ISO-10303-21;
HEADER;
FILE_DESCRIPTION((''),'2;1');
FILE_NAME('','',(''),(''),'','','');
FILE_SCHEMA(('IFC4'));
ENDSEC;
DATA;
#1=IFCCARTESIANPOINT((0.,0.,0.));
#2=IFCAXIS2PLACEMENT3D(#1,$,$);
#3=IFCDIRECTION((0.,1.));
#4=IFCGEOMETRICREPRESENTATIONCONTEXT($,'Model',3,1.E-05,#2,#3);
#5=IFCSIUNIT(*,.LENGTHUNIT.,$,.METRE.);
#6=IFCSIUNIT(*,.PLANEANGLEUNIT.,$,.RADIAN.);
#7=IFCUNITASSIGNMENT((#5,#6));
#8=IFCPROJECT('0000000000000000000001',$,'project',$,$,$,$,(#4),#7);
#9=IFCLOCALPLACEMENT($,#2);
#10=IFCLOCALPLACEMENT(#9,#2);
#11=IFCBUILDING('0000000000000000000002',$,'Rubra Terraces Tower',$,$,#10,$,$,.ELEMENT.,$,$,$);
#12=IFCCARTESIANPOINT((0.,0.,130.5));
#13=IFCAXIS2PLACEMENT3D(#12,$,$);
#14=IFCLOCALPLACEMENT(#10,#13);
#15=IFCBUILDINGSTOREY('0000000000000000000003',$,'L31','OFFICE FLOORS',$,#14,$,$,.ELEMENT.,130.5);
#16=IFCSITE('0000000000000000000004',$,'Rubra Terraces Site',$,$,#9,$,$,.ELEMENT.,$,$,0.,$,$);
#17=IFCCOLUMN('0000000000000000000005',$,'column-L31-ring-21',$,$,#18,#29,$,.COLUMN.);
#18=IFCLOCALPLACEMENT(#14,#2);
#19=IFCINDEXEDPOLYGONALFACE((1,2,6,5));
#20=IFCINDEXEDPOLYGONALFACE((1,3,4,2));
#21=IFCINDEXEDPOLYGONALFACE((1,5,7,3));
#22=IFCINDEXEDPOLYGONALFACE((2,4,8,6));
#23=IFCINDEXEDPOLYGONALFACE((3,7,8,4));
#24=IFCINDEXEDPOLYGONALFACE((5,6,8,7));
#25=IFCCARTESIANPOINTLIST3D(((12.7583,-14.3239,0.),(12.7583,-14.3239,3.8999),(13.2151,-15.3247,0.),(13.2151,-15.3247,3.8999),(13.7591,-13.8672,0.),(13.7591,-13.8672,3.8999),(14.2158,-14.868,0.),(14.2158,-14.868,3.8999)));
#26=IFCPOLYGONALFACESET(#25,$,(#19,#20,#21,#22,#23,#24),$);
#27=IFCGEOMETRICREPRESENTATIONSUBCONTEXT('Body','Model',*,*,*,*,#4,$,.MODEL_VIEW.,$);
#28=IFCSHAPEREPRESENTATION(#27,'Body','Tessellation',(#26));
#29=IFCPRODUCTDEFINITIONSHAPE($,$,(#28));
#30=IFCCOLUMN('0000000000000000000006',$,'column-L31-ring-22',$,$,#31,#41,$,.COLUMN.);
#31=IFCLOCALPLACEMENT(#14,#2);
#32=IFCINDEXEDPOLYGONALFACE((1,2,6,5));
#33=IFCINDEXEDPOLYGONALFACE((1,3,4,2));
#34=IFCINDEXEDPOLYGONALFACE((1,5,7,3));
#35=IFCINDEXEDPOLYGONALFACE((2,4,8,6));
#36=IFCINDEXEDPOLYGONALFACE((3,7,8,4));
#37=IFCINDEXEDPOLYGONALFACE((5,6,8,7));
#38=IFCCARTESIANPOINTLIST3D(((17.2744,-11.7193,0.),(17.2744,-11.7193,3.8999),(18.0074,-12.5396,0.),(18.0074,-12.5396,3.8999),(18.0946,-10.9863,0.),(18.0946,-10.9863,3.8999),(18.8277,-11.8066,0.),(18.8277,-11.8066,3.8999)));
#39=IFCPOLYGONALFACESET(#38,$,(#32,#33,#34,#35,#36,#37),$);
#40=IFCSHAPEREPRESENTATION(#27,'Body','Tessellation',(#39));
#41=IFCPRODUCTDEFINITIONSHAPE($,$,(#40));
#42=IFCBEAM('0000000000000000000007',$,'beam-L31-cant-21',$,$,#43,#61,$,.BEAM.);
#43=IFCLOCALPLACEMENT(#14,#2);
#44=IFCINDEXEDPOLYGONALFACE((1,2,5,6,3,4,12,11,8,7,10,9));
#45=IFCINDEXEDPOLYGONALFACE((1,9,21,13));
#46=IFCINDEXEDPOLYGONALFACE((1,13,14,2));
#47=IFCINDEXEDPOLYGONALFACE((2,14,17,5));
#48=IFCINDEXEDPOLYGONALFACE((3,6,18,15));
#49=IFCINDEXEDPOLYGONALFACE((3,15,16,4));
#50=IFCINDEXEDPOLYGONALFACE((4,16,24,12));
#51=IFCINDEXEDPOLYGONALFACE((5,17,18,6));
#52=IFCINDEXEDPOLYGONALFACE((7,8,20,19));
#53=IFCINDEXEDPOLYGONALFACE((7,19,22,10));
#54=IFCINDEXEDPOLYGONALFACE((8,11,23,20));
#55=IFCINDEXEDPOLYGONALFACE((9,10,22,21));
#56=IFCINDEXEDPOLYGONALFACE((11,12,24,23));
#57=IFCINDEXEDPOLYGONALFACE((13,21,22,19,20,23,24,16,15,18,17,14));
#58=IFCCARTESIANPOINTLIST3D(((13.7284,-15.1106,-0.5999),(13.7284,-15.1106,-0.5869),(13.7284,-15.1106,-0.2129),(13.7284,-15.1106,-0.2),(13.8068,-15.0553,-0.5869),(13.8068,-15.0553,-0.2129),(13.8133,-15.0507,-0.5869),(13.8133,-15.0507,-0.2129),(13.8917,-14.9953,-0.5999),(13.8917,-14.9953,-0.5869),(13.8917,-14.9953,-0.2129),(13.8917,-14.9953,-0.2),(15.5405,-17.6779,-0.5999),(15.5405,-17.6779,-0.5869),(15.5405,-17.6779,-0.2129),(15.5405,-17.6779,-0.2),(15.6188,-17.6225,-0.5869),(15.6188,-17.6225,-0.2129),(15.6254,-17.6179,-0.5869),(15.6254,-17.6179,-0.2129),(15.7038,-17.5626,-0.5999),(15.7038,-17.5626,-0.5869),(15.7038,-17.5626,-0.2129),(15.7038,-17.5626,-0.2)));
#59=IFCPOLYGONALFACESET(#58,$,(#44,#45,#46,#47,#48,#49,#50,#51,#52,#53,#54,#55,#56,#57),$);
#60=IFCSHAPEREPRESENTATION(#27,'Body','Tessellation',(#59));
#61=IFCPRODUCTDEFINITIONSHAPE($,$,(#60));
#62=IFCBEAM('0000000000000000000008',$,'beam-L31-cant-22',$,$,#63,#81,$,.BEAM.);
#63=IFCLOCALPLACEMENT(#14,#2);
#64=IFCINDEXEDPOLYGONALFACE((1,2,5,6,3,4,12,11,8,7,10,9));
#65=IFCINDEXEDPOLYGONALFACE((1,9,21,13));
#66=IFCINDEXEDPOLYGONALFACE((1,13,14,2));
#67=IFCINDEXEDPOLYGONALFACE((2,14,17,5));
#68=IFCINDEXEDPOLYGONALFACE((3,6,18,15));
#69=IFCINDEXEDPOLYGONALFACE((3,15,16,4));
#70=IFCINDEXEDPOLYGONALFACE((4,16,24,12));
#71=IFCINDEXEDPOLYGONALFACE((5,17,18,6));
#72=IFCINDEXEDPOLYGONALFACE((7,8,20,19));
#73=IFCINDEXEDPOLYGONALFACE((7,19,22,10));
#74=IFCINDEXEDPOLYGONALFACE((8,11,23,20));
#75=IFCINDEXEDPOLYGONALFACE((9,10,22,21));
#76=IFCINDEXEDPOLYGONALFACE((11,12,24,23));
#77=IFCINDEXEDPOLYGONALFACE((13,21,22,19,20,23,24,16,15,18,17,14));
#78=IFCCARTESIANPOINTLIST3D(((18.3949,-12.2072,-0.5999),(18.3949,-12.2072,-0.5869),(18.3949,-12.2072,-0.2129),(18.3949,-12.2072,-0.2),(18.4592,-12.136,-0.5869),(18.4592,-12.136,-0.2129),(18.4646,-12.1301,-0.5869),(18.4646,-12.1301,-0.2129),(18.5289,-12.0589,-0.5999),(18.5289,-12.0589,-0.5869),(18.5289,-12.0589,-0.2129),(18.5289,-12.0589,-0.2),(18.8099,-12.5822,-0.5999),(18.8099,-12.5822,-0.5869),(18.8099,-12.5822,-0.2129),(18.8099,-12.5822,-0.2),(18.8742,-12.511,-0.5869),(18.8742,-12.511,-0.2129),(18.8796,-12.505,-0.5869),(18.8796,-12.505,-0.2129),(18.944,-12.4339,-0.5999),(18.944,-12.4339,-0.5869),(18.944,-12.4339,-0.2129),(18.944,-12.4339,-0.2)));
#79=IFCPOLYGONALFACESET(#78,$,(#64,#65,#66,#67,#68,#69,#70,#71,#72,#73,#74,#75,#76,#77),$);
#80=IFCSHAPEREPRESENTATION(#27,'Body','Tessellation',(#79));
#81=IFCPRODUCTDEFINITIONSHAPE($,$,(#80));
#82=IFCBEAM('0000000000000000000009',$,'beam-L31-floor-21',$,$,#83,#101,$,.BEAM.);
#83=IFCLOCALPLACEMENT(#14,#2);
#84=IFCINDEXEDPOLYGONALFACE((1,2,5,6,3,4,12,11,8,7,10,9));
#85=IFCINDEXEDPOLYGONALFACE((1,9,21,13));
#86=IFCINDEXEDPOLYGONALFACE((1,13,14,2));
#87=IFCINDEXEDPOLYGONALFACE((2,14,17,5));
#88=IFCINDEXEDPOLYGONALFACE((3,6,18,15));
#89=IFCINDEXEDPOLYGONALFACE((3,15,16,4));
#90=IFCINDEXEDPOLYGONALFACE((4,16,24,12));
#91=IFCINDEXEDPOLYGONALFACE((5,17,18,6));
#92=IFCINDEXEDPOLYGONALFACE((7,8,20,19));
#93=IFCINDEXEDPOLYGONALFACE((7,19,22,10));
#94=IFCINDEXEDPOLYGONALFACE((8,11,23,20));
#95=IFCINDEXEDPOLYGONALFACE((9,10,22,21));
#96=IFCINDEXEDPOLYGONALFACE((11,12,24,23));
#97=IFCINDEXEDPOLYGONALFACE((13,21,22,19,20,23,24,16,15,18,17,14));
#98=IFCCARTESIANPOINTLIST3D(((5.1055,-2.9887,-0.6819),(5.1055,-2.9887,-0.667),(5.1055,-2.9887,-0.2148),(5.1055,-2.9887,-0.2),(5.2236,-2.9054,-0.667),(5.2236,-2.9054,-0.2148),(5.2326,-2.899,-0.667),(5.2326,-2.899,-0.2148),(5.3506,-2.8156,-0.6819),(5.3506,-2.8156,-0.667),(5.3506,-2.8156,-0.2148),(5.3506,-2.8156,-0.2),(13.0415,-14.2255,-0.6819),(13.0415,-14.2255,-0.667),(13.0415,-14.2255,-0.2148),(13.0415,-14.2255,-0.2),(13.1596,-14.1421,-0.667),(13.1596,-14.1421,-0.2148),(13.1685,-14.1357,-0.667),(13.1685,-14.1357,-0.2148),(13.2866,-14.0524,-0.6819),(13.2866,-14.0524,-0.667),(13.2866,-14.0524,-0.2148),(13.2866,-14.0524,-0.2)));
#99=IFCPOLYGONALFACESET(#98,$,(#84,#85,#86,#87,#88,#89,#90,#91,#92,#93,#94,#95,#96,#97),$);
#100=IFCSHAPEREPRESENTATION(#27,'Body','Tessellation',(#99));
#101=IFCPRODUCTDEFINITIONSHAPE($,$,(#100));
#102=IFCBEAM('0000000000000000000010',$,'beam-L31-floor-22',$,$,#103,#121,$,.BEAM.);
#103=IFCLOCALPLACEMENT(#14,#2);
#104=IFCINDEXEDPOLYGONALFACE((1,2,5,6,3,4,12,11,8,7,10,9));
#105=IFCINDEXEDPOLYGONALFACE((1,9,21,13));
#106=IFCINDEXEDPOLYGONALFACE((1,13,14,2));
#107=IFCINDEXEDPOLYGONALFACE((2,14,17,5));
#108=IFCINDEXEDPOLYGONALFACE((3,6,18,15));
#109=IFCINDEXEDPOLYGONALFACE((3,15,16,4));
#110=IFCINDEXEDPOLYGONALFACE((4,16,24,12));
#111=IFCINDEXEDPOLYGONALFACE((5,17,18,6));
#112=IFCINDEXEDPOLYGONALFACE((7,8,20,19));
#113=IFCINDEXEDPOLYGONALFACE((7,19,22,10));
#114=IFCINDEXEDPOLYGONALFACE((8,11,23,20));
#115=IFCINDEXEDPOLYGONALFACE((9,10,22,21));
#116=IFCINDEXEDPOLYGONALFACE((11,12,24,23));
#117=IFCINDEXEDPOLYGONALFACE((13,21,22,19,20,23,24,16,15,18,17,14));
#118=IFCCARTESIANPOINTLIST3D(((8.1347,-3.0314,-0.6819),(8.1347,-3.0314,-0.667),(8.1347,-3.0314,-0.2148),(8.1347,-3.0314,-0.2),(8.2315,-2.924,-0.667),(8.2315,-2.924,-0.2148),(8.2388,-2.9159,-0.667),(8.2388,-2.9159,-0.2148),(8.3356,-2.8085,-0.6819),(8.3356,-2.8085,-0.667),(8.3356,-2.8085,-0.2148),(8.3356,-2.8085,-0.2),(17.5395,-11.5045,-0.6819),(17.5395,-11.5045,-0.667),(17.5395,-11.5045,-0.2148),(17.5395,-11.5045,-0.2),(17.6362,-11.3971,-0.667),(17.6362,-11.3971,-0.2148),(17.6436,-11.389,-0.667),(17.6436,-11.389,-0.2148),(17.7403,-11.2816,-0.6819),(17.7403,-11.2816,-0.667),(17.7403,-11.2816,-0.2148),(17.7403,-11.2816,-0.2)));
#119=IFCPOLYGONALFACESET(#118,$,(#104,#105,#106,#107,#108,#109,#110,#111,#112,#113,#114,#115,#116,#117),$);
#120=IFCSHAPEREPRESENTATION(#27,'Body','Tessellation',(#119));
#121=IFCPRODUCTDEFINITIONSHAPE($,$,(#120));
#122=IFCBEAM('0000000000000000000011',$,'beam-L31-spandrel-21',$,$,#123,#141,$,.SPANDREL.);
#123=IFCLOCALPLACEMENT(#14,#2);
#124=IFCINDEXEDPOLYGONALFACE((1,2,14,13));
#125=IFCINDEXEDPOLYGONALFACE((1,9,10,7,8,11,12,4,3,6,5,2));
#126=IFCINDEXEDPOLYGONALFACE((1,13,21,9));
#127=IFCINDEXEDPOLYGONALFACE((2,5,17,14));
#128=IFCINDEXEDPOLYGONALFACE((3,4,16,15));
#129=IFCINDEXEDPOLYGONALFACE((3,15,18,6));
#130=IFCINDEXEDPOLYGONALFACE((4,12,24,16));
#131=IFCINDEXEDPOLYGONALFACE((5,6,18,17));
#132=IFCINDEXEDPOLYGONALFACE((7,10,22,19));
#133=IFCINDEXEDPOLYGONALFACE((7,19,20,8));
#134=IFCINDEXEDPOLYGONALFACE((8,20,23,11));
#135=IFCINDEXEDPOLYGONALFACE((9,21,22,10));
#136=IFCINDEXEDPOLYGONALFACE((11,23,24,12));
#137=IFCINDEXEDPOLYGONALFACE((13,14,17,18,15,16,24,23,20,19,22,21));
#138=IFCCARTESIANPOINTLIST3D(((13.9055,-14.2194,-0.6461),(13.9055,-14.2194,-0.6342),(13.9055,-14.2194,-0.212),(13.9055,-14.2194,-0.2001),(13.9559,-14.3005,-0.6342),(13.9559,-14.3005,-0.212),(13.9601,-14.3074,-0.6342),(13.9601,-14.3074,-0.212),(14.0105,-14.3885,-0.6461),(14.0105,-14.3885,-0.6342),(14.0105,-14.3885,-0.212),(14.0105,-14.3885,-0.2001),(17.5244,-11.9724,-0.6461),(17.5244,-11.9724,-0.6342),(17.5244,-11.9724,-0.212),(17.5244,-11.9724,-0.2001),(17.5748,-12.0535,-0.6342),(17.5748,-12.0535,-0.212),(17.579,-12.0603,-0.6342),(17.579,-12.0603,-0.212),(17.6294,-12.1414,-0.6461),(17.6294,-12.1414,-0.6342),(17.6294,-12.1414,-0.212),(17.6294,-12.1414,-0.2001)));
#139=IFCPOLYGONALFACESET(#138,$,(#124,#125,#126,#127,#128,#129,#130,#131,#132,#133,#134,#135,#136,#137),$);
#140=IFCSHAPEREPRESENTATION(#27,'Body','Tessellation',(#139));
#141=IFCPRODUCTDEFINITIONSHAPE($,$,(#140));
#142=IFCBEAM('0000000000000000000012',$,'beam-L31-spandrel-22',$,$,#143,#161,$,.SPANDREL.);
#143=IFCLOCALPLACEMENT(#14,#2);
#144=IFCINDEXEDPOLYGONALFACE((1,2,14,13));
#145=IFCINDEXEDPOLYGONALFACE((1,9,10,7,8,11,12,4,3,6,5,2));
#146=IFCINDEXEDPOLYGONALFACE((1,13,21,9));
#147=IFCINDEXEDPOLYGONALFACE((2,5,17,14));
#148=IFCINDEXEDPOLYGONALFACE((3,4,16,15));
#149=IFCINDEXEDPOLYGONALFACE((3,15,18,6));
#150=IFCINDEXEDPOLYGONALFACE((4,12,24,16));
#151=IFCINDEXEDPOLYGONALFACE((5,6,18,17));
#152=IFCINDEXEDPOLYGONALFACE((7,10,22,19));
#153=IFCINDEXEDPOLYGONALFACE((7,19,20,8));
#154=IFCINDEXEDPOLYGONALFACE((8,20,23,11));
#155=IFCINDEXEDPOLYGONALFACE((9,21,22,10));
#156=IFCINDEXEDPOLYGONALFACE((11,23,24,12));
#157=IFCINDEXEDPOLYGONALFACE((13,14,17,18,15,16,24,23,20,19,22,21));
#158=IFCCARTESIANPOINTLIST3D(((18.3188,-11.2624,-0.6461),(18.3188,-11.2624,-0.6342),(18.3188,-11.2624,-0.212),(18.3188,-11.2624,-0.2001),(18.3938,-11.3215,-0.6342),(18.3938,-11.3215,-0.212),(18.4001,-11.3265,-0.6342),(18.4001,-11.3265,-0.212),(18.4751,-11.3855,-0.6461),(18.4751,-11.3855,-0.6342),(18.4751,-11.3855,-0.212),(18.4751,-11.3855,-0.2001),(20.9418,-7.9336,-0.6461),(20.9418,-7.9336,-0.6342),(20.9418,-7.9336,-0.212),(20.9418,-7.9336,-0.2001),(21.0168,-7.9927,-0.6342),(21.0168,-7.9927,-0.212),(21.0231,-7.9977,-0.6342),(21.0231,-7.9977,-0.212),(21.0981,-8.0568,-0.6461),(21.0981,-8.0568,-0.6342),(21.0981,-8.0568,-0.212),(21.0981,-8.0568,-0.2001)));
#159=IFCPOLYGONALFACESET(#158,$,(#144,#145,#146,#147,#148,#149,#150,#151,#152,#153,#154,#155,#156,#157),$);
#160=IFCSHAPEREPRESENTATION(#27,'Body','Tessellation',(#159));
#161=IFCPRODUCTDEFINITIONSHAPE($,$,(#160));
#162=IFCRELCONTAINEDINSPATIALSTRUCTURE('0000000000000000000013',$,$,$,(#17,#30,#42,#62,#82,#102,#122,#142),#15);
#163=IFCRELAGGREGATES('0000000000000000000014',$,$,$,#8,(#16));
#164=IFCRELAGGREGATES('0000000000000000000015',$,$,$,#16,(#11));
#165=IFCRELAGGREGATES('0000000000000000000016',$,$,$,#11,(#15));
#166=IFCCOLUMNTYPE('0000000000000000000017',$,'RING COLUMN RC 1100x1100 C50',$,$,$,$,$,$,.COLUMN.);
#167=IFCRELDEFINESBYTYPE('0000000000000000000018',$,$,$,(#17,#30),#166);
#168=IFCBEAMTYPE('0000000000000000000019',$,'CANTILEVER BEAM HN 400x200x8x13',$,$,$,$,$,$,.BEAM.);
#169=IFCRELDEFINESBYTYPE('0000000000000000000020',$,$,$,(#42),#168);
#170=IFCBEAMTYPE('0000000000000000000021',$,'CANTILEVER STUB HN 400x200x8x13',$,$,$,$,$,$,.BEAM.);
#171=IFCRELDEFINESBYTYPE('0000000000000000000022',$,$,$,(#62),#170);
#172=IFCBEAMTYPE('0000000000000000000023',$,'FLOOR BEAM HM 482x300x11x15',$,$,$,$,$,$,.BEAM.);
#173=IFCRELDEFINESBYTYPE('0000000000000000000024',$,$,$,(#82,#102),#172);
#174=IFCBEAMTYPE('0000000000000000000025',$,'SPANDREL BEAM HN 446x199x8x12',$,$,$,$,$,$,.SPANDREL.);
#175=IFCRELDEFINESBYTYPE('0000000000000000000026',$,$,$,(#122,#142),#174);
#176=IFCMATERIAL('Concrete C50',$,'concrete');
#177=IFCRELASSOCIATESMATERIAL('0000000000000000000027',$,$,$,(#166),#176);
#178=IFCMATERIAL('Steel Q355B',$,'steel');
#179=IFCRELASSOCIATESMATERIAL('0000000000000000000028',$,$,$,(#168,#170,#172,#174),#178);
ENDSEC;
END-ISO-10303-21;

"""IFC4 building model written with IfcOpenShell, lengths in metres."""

from ifc_helpers import new_model, si_unit, direction, frame, origin, origin_2d, place, context, subcontext, project, spatial, rectangle, i_section, extrude, material, material_profile, profile_set, type_object, element, save


model = new_model("IFC4")

# Units and contexts
model_context = context("Model", 3, precision=1e-05, world=origin(), true_north=direction((0.0, 1.0)))
body_context = subcontext(model_context, "Body", "Model", "MODEL_VIEW")
ifc_project = project(units=[si_unit("LENGTHUNIT", "METRE"), si_unit("PLANEANGLEUNIT", "RADIAN")], contexts=[model_context])

# Site, building, storey
site_placement = place(None, origin())
site = spatial("IfcSite", under=ifc_project, at=site_placement, Name="Rubra Terraces Site", CompositionType="ELEMENT", RefElevation=0.0)
building_placement = place(site_placement, origin())
building = spatial("IfcBuilding", under=site, at=building_placement, Name="Rubra Terraces Tower", CompositionType="ELEMENT")
storey_placement = place(building_placement, frame((0.0, 0.0, 130.5)))
storey = spatial("IfcBuildingStorey", under=building, at=storey_placement, Name="L31", Description="OFFICE FLOORS", CompositionType="ELEMENT", Elevation=130.5)

# Columns
ifc_material_1 = material(Name="Concrete C50", Category="concrete")
ifc_material_profile_1 = material_profile(ifc_material_1, rectangle(XDim=1.1001, YDim=1.1001, at=origin_2d()), Name="RC 1100x1100")
ifc_profile_set_1 = profile_set([ifc_material_profile_1], Name="Concrete C50")
column_type = type_object("IfcColumnType", Name="RING COLUMN RC 1100x1100 C50", PredefinedType="COLUMN", material=ifc_profile_set_1)
for number, where, z_axis, x_axis, name in (
    (1, (13.4871, -14.5959, 0.0), (0.0, 0.0, 1.0), (0.909726, 0.415208, 0.0), "column-L31-ring-21"),
    (2, (18.051, -11.7629, 0.0), (0.0, 0.0, 1.0), (0.745642, 0.666347, 0.0), "column-L31-ring-22"),
):
    element("IfcColumn", number, at=place(storey_placement, frame(where, z_axis=z_axis, x_axis=x_axis)), inside=storey, type_object=column_type, Name=name, PredefinedType="COLUMN", context=body_context, shape_type="SweptSolid", body=[
        extrude(rectangle(XDim=1.1001, YDim=1.1001, at=origin_2d()), origin(), (0.0, 0.0, 1.0), 3.8999),
    ])

# Beams
ifc_material_2 = material(Name="Steel Q355B", Category="steel")
ifc_material_profile_2 = material_profile(ifc_material_2, i_section(OverallWidth=0.2, OverallDepth=0.3999, WebThickness=0.0081, FlangeThickness=0.0129, at=origin_2d()), Name="HN 400x200x8x13")
ifc_profile_set_2 = profile_set([ifc_material_profile_2], Name="Steel Q355B")
beam_type_1 = type_object("IfcBeamType", Name="CANTILEVER BEAM HN 400x200x8x13", PredefinedType="BEAM", material=ifc_profile_set_2)
beam_1_placement = place(storey_placement, frame((13.8101, -15.053, -0.3999), z_axis=(0.576665, -0.816981, 0.0), x_axis=(0.816981, 0.576665, 0.0)))
element("IfcBeam", 3, at=beam_1_placement, inside=storey, type_object=beam_type_1, Name="beam-L31-cant-21", PredefinedType="BEAM", context=body_context, shape_type="SweptSolid", body=[
    extrude(i_section(OverallWidth=0.2, OverallDepth=0.3999, WebThickness=0.0081, FlangeThickness=0.0129, at=origin_2d()), origin(), (0.0, 0.0, 1.0), 3.1423),
])
ifc_material_profile_3 = material_profile(ifc_material_2, i_section(OverallWidth=0.2, OverallDepth=0.3999, WebThickness=0.0081, FlangeThickness=0.0129, at=origin_2d()), Name="HN 400x200x8x13")
ifc_profile_set_3 = profile_set([ifc_material_profile_3], Name="Steel Q355B")
beam_type_2 = type_object("IfcBeamType", Name="CANTILEVER STUB HN 400x200x8x13", PredefinedType="BEAM", material=ifc_profile_set_3)
beam_2_placement = place(storey_placement, frame((18.4619, -12.1331, -0.3999), z_axis=(0.741991, -0.67041, 0.0), x_axis=(0.67041, 0.741991, 0.0)))
element("IfcBeam", 4, at=beam_2_placement, inside=storey, type_object=beam_type_2, Name="beam-L31-cant-22", PredefinedType="BEAM", context=body_context, shape_type="SweptSolid", body=[
    extrude(i_section(OverallWidth=0.2, OverallDepth=0.3999, WebThickness=0.0081, FlangeThickness=0.0129, at=origin_2d()), origin(), (0.0, 0.0, 1.0), 0.5593),
])
ifc_material_profile_4 = material_profile(ifc_material_2, i_section(OverallWidth=0.3, OverallDepth=0.4819, WebThickness=0.011, FlangeThickness=0.0149, at=origin_2d()), Name="HM 482x300x11x15")
ifc_profile_set_4 = profile_set([ifc_material_profile_4], Name="Steel Q355B")
beam_type_3 = type_object("IfcBeamType", Name="FLOOR BEAM HM 482x300x11x15", PredefinedType="BEAM", material=ifc_profile_set_4)
beam_3_placement = place(storey_placement, frame((13.1641, -14.1389, -0.4409), z_axis=(-0.576885, 0.816825, 0.0), x_axis=(-0.816825, -0.576885, 0.0)))
element("IfcBeam", 5, at=beam_3_placement, inside=storey, type_object=beam_type_3, Name="beam-L31-floor-21", PredefinedType="BEAM", context=body_context, shape_type="SweptSolid", body=[
    extrude(i_section(OverallWidth=0.3, OverallDepth=0.4819, WebThickness=0.011, FlangeThickness=0.0149, at=origin_2d()), origin(), (0.0, 0.0, 1.0), 13.7566),
])
beam_4_placement = place(storey_placement, frame((17.6399, -11.3931, -0.4409), z_axis=(-0.742947, 0.66935, 0.0), x_axis=(-0.66935, -0.742947, 0.0)))
element("IfcBeam", 6, at=beam_4_placement, inside=storey, type_object=beam_type_3, Name="beam-L31-floor-22", PredefinedType="BEAM", context=body_context, shape_type="SweptSolid", body=[
    extrude(i_section(OverallWidth=0.3, OverallDepth=0.4819, WebThickness=0.011, FlangeThickness=0.0149, at=origin_2d()), origin(), (0.0, 0.0, 1.0), 12.6587),
])
ifc_material_profile_5 = material_profile(ifc_material_2, i_section(OverallWidth=0.199, OverallDepth=0.446, WebThickness=0.0081, FlangeThickness=0.012, at=origin_2d()), Name="HN 446x199x8x12")
ifc_profile_set_5 = profile_set([ifc_material_profile_5], Name="Steel Q355B")
beam_type_4 = type_object("IfcBeamType", Name="SPANDREL BEAM HN 446x199x8x12", PredefinedType="SPANDREL", material=ifc_profile_set_5)
beam_5_placement = place(storey_placement, frame((13.958, -14.304, -0.4231), z_axis=(0.84955, 0.527508, 0.0), x_axis=(-0.527508, 0.84955, 0.0)))
element("IfcBeam", 7, at=beam_5_placement, inside=storey, type_object=beam_type_4, Name="beam-L31-spandrel-21", PredefinedType="SPANDREL", context=body_context, shape_type="SweptSolid", body=[
    extrude(i_section(OverallWidth=0.199, OverallDepth=0.446, WebThickness=0.0081, FlangeThickness=0.012, at=origin_2d()), origin(), (0.0, 0.0, 1.0), 4.2598),
])
beam_6_placement = place(storey_placement, frame((18.397, -11.324, -0.4231), z_axis=(0.618917, 0.785456, 0.0), x_axis=(-0.785456, 0.618917, 0.0)))
element("IfcBeam", 8, at=beam_6_placement, inside=storey, type_object=beam_type_4, Name="beam-L31-spandrel-22", PredefinedType="SPANDREL", context=body_context, shape_type="SweptSolid", body=[
    extrude(i_section(OverallWidth=0.199, OverallDepth=0.446, WebThickness=0.0081, FlangeThickness=0.012, at=origin_2d()), origin(), (0.0, 0.0, 1.0), 4.238),
])

save(model, "model.ifc")
